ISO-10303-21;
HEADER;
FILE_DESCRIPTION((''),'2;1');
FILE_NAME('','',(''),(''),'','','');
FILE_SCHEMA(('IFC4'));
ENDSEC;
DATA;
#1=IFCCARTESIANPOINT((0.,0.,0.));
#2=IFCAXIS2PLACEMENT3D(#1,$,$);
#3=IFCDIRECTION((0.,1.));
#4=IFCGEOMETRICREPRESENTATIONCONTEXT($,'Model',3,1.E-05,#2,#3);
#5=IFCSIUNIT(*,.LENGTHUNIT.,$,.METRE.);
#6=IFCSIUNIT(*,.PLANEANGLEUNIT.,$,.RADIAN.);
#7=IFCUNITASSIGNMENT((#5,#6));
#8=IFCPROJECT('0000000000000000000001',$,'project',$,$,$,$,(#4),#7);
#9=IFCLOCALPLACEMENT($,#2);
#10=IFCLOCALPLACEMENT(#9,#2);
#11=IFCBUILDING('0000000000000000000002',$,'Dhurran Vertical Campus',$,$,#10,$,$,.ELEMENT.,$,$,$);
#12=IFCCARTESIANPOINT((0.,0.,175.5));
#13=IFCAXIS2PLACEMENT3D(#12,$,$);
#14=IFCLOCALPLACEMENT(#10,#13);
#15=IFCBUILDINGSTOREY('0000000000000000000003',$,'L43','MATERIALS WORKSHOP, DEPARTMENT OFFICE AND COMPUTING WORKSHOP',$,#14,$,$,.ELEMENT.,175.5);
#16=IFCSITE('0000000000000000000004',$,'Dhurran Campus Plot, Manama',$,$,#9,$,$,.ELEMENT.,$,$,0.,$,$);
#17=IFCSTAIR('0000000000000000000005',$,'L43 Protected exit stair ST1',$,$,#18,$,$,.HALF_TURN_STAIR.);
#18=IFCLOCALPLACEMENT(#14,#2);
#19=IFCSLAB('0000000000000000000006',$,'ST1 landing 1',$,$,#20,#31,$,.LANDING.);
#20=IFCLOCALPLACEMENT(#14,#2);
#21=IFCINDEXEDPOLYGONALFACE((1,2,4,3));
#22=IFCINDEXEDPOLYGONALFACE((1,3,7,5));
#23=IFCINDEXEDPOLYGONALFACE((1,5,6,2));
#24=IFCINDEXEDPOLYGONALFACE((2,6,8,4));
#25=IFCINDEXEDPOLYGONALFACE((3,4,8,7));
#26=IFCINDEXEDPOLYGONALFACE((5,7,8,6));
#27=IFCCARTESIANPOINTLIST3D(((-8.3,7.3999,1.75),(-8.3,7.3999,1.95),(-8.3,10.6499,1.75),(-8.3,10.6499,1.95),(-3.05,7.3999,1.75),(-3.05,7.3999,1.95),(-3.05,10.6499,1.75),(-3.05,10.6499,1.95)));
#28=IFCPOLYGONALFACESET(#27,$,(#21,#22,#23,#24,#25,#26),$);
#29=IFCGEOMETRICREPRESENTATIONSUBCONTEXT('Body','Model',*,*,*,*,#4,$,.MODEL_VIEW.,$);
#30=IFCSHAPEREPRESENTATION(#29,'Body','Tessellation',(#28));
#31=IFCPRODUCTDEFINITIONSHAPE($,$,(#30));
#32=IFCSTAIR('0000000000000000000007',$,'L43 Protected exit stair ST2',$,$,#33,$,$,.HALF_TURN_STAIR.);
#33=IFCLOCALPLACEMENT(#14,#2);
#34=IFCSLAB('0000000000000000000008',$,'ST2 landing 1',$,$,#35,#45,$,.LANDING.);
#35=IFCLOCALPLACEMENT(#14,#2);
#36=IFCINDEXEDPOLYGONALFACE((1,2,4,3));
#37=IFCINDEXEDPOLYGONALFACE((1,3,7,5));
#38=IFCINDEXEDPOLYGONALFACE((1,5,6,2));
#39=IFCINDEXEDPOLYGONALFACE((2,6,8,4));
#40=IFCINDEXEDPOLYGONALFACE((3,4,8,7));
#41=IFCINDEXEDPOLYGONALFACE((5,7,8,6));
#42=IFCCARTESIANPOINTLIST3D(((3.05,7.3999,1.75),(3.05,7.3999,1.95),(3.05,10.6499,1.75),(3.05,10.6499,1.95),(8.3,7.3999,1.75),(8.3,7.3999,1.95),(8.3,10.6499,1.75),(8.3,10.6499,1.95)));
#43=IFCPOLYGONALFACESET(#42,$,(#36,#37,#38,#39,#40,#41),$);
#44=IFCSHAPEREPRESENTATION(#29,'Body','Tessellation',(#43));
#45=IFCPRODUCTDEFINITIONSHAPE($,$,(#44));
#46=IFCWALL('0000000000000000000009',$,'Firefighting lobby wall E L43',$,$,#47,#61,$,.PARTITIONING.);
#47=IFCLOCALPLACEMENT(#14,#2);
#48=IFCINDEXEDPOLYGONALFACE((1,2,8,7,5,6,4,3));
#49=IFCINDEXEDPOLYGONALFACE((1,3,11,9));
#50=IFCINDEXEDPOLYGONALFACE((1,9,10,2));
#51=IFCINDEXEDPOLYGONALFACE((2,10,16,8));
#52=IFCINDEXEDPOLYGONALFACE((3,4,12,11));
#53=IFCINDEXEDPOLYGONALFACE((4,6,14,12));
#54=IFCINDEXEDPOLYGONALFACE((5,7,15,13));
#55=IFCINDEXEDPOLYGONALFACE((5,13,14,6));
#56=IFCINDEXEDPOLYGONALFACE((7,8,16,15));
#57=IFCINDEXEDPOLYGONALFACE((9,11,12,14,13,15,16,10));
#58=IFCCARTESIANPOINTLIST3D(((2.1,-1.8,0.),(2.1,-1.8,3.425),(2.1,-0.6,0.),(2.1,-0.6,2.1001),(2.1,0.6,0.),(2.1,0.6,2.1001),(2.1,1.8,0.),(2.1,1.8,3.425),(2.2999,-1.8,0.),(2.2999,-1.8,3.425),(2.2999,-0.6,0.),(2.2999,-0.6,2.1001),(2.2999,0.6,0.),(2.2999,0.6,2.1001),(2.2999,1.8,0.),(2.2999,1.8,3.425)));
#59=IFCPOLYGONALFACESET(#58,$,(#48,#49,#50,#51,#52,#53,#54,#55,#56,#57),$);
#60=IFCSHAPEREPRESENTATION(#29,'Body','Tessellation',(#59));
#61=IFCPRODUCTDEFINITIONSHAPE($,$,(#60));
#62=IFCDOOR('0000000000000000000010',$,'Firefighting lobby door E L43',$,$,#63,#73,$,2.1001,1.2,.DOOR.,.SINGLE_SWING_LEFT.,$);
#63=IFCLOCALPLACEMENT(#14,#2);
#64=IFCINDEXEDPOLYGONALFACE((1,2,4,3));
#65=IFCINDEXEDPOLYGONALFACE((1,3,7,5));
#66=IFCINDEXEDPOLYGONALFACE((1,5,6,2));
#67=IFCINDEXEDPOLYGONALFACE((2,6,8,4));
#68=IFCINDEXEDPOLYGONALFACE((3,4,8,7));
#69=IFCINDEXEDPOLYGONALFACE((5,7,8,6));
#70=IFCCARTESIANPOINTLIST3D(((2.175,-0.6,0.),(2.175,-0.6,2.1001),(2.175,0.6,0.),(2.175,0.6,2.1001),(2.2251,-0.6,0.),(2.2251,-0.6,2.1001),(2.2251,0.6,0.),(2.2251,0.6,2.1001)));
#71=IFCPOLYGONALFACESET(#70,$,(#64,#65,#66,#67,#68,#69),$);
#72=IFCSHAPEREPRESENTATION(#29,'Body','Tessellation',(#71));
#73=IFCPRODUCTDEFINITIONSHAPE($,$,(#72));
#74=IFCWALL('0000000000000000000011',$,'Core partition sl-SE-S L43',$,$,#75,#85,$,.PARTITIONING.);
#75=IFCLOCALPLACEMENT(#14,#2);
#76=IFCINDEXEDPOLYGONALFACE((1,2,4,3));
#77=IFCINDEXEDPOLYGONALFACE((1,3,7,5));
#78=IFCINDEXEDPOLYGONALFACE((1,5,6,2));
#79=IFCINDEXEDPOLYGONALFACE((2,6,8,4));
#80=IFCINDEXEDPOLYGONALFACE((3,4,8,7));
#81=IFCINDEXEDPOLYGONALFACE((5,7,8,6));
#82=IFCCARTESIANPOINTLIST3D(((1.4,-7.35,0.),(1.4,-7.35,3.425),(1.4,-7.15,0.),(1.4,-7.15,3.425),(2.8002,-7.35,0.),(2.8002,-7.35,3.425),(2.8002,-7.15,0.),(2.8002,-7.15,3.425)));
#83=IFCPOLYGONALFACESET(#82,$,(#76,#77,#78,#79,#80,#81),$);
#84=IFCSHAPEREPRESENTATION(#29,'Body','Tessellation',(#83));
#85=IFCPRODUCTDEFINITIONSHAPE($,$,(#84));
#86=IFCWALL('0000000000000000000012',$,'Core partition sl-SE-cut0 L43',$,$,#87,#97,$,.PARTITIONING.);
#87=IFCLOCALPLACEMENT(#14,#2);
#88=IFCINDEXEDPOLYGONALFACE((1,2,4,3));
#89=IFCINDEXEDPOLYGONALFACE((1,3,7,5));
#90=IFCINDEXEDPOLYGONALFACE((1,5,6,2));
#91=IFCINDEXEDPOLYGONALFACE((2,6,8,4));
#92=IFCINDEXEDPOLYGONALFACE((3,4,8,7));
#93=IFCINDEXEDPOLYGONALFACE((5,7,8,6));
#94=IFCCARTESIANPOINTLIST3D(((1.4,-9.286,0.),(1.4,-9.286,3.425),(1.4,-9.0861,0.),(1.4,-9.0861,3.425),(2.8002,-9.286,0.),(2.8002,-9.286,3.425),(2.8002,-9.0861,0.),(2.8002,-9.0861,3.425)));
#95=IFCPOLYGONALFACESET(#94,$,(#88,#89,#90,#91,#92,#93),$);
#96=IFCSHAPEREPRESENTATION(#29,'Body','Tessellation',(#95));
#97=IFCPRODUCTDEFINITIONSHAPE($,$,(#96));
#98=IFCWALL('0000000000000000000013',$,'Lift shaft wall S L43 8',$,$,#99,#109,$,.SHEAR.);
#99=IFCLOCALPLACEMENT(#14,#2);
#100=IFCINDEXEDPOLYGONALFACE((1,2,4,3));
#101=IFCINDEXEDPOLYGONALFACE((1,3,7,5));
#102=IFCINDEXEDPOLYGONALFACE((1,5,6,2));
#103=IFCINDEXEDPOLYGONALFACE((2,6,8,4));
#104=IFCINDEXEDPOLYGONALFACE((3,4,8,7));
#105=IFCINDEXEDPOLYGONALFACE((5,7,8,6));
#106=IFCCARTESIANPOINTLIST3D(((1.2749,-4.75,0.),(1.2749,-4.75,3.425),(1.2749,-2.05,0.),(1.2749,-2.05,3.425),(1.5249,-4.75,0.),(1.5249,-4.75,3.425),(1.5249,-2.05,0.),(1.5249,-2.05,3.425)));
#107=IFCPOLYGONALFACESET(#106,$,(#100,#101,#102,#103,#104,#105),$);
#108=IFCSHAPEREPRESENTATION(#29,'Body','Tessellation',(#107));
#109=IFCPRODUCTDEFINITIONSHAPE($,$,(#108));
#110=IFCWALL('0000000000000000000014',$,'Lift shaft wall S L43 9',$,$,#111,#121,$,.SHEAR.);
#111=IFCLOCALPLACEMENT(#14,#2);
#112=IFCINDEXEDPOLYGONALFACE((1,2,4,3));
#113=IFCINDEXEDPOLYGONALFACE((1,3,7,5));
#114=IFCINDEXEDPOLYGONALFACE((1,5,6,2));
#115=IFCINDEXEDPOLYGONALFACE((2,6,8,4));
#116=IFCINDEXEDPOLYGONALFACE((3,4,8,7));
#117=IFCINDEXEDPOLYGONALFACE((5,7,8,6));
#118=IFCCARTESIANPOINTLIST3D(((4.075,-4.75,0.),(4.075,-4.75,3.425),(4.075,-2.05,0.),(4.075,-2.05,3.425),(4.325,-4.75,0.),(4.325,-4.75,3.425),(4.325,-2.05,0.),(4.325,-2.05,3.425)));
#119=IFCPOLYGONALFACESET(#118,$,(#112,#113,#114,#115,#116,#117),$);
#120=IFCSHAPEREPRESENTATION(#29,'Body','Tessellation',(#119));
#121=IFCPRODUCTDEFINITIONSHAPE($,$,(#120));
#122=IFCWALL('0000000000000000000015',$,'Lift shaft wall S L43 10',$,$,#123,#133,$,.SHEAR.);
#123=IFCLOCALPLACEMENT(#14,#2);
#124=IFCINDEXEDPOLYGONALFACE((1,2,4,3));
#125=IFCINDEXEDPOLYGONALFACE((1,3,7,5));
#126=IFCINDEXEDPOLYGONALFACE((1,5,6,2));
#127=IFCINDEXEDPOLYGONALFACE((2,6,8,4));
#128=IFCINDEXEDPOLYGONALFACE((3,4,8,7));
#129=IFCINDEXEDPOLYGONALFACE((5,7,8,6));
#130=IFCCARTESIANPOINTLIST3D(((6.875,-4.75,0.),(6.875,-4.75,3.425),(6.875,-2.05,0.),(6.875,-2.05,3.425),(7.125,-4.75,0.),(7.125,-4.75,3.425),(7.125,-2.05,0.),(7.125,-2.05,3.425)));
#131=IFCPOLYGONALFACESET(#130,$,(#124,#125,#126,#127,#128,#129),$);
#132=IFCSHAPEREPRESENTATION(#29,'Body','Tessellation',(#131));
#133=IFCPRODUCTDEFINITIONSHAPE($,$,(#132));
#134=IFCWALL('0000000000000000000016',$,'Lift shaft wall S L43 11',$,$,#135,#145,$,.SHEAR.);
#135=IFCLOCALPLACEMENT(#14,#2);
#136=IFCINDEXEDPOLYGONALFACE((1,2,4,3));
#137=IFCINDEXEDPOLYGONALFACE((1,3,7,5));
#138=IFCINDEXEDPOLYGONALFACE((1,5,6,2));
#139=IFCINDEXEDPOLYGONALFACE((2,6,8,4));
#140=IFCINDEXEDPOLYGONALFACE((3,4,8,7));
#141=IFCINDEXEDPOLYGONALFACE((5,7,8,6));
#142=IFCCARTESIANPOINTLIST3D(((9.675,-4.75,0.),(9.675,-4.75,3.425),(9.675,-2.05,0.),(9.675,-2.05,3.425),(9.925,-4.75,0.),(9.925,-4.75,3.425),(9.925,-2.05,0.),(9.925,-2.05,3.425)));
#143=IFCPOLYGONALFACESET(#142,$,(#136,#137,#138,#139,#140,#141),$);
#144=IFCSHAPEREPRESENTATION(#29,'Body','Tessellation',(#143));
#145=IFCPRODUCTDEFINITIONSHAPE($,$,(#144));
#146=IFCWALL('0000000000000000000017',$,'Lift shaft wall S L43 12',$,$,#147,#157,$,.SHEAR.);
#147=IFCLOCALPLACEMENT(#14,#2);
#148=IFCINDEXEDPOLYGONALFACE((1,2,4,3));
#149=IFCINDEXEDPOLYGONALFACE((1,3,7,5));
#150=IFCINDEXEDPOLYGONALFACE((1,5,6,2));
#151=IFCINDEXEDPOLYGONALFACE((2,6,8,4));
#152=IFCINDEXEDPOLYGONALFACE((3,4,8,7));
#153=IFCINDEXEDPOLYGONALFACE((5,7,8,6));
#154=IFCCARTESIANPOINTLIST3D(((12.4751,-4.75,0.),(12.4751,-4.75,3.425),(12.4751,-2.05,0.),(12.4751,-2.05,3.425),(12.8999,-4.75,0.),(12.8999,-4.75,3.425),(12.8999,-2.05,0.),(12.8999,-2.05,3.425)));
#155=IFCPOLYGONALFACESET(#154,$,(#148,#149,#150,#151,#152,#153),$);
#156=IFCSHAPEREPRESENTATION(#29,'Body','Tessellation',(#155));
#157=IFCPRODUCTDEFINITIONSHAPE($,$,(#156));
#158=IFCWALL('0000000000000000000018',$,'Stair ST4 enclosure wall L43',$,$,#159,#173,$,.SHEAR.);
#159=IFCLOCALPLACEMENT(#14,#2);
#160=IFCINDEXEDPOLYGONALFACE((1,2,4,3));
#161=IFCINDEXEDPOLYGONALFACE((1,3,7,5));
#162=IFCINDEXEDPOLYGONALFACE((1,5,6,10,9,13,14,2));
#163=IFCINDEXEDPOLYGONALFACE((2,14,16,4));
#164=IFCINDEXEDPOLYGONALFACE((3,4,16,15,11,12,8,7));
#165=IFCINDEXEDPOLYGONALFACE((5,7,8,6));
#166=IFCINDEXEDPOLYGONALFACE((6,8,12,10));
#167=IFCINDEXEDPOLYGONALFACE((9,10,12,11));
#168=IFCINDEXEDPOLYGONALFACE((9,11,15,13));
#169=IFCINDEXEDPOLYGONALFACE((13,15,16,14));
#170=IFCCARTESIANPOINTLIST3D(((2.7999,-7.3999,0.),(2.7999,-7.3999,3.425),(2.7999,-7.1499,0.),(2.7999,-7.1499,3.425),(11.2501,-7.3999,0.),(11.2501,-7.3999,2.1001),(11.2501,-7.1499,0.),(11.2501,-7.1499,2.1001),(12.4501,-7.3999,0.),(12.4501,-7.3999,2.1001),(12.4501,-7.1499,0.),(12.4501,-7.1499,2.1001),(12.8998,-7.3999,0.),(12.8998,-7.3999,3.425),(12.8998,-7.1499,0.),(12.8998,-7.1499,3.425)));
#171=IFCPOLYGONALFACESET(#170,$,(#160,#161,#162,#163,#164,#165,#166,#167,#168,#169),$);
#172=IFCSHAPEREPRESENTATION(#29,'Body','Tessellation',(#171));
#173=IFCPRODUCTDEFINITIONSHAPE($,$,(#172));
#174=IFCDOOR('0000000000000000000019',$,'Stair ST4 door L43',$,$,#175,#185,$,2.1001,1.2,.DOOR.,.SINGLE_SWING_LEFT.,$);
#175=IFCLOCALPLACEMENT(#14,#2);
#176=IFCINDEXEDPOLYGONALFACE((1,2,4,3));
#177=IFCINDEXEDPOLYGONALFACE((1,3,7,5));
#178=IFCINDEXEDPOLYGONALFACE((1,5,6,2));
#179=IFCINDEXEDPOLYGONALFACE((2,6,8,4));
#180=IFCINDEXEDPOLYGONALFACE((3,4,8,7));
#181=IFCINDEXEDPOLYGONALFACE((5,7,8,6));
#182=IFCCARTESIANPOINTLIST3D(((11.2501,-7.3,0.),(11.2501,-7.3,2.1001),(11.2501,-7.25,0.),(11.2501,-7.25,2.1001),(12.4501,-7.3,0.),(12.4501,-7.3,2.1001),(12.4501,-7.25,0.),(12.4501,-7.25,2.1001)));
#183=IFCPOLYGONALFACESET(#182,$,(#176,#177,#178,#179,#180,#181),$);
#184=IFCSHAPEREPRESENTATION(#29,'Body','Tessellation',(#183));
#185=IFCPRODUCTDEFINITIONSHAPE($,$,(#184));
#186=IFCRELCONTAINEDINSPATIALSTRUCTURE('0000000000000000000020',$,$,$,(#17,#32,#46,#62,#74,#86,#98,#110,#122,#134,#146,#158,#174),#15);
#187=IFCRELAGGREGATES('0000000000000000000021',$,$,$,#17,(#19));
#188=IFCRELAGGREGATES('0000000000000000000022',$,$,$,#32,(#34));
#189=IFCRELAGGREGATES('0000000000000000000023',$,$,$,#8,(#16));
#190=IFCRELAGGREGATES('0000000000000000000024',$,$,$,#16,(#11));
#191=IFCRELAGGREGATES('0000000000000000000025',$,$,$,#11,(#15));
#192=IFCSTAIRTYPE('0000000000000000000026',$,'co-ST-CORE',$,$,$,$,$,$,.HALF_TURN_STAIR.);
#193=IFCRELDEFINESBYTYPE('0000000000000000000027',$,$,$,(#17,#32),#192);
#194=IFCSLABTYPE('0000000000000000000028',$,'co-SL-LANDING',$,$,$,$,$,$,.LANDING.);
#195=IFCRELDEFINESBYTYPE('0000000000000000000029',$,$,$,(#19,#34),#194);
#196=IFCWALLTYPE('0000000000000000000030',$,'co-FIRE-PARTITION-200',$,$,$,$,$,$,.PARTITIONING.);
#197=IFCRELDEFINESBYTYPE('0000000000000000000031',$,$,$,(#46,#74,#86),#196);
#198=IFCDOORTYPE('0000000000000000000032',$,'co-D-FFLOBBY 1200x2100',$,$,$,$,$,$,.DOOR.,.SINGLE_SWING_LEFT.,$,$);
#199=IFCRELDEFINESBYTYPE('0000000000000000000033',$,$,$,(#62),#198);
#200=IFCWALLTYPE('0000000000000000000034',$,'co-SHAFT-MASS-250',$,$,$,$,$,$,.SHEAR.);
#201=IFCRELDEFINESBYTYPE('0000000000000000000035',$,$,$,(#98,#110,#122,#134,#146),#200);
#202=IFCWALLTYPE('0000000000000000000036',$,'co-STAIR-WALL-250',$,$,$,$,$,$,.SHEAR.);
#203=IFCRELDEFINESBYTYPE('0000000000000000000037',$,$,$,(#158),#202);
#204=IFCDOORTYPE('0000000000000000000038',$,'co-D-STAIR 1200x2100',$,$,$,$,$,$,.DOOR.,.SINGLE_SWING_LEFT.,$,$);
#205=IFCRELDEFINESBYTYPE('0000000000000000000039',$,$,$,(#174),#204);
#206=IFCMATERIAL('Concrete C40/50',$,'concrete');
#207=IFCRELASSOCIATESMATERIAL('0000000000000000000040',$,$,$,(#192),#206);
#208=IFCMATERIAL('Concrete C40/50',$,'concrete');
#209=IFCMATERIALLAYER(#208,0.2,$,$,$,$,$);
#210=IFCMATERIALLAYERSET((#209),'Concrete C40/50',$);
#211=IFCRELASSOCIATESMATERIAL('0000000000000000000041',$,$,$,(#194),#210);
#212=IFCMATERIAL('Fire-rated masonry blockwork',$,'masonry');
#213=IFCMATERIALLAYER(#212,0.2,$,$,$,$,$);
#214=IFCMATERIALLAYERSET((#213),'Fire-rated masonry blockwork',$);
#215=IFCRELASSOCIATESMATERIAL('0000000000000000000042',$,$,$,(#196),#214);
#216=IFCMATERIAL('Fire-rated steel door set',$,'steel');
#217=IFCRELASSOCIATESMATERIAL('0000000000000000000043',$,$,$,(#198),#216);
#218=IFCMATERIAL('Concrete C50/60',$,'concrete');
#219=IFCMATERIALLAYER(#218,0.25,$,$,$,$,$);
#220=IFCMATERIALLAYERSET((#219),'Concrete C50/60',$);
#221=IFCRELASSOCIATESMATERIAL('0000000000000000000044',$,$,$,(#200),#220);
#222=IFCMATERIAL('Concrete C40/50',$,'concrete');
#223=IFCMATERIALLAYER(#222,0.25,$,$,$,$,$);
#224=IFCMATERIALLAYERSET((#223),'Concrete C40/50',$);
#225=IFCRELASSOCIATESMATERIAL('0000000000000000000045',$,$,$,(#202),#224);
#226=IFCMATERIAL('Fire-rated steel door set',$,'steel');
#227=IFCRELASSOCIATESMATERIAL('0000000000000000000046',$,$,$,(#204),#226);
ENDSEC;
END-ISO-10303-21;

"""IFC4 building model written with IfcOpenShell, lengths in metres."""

from ifc_helpers import new_model, si_unit, direction, frame, frame_2d, origin, place, context, subcontext, project, spatial, polyline, rectangle, outline, extrude, material, layer, layer_set, type_object, element, fill, aggregate, save


model = new_model("IFC4")

# Units and contexts
model_context = context("Model", 3, precision=1e-05, world=origin(), true_north=direction((0.0, 1.0)))
body_context = subcontext(model_context, "Body", "Model", "MODEL_VIEW")
ifc_project = project(units=[si_unit("LENGTHUNIT", "METRE"), si_unit("PLANEANGLEUNIT", "RADIAN")], contexts=[model_context])

# Site, building, storey
site_placement = place(None, origin())
site = spatial("IfcSite", under=ifc_project, at=site_placement, Name="Dhurran Campus Plot, Manama", CompositionType="ELEMENT", RefElevation=0.0)
building_placement = place(site_placement, origin())
building = spatial("IfcBuilding", under=site, at=building_placement, Name="Dhurran Vertical Campus", CompositionType="ELEMENT")
storey_placement = place(building_placement, frame((0.0, 0.0, 175.5)))
storey = spatial("IfcBuildingStorey", under=building, at=storey_placement, Name="L43", Description="MATERIALS WORKSHOP, DEPARTMENT OFFICE AND COMPUTING WORKSHOP", CompositionType="ELEMENT", Elevation=175.5)

# Stairs, slabs
ifc_material_1 = material(Name="Concrete C40/50", Category="concrete")
stair_type = type_object("IfcStairType", Name="co-ST-CORE", PredefinedType="HALF_TURN_STAIR", material=ifc_material_1)
stair_1_placement = place(storey_placement, origin())
stair_1 = element("IfcStair", 1, at=stair_1_placement, inside=storey, type_object=stair_type, Name="L43 Protected exit stair ST1", PredefinedType="HALF_TURN_STAIR")
ifc_material_2 = material(Name="Concrete C40/50", Category="concrete")
ifc_layer_1 = layer(ifc_material_2, 0.2)
ifc_layer_set_1 = layer_set([ifc_layer_1], Name="Concrete C40/50")
slab_type = type_object("IfcSlabType", Name="co-SL-LANDING", PredefinedType="LANDING", material=ifc_layer_set_1)
slab_1_placement = place(storey_placement, frame((0.0, 0.0, 1.75)))
slab_1 = element("IfcSlab", 2, at=slab_1_placement, type_object=slab_type, Name="ST1 landing 1", PredefinedType="LANDING", context=body_context, shape_type="SweptSolid", body=[
    extrude(outline(polyline([(-8.3, 7.3999), (-3.05, 7.3999), (-3.05, 10.6499), (-8.3, 10.6499), (-8.3, 7.3999)])), origin(), (0.0, 0.0, 1.0), 0.2),
])
aggregate(stair_1, [slab_1])
stair_2_placement = place(storey_placement, origin())
stair_2 = element("IfcStair", 3, at=stair_2_placement, inside=storey, type_object=stair_type, Name="L43 Protected exit stair ST2", PredefinedType="HALF_TURN_STAIR")
slab_2_placement = place(storey_placement, frame((0.0, 0.0, 1.75)))
slab_2 = element("IfcSlab", 4, at=slab_2_placement, type_object=slab_type, Name="ST2 landing 1", PredefinedType="LANDING", context=body_context, shape_type="SweptSolid", body=[
    extrude(outline(polyline([(8.3, 10.6499), (3.05, 10.6499), (3.05, 7.3999), (8.3, 7.3999), (8.3, 10.6499)])), origin(), (0.0, 0.0, 1.0), 0.2),
])
aggregate(stair_2, [slab_2])

# Wall, opening, door
ifc_material_3 = material(Name="Fire-rated masonry blockwork", Category="masonry")
ifc_layer_2 = layer(ifc_material_3, 0.2)
ifc_layer_set_2 = layer_set([ifc_layer_2], Name="Fire-rated masonry blockwork")
wall_type_1 = type_object("IfcWallType", Name="co-FIRE-PARTITION-200", PredefinedType="PARTITIONING", material=ifc_layer_set_2)
wall_1_placement = place(storey_placement, frame((2.2, -1.8, 0.0), z_axis=(0.0, 0.0, 1.0), x_axis=(0.0, 1.0, 0.0)))
wall_1 = element("IfcWall", 5, at=wall_1_placement, inside=storey, type_object=wall_type_1, Name="Firefighting lobby wall E L43", PredefinedType="PARTITIONING", context=body_context, shape_type="SweptSolid", body=[
    extrude(rectangle(XDim=3.6001, YDim=0.2, at=frame_2d((1.8, 0.0))), origin(), (0.0, 0.0, 1.0), 3.425),
])
opening_1_placement = place(wall_1_placement, frame((1.2, 0.0, 0.0)))
opening_1 = element("IfcOpeningElement", 6, at=opening_1_placement, cuts=wall_1, PredefinedType="OPENING", context=body_context, shape_type="SweptSolid", body=[
    extrude(rectangle(XDim=1.2, YDim=2.1001, at=frame_2d((0.6001, 1.05))), frame((0.0, 0.1099, 0.0), z_axis=(0.0, -1.0, 0.0), x_axis=(1.0, 0.0, 0.0)), (0.0, 0.0, 1.0), 0.22),
])
ifc_material_4 = material(Name="Fire-rated steel door set", Category="steel")
door_type_1 = type_object("IfcDoorType", Name="co-D-FFLOBBY 1200x2100", OperationType="SINGLE_SWING_LEFT", PredefinedType="DOOR", material=ifc_material_4)
door_1_placement = place(opening_1_placement, origin())
door_1 = element("IfcDoor", 7, at=door_1_placement, inside=storey, type_object=door_type_1, Name="Firefighting lobby door E L43", OperationType="SINGLE_SWING_LEFT", OverallHeight=2.1001, OverallWidth=1.2, PredefinedType="DOOR", context=body_context, shape_type="SweptSolid", body=[
    extrude(rectangle(XDim=1.2, YDim=2.1001, at=frame_2d((0.6001, 1.05))), frame((0.0, 0.0249, 0.0), z_axis=(0.0, -1.0, 0.0), x_axis=(1.0, 0.0, 0.0)), (0.0, 0.0, 1.0), 0.05),
])
fill(opening_1, door_1)

# Walls
for number, where, z_axis, x_axis, name in (
    (8, (1.3999, -7.25, 0.0), (0.0, 0.0, 1.0), (1.0, 0.0, 0.0), "Core partition sl-SE-S L43"),
    (9, (1.3999, -9.186, 0.0), (0.0, 0.0, 1.0), (1.0, 0.0, 0.0), "Core partition sl-SE-cut0 L43"),
):
    element("IfcWall", number, at=place(storey_placement, frame(where, z_axis=z_axis, x_axis=x_axis)), inside=storey, type_object=wall_type_1, Name=name, PredefinedType="PARTITIONING", context=body_context, shape_type="SweptSolid", body=[
        extrude(rectangle(XDim=1.4001, YDim=0.2, at=frame_2d((0.7002, 0.0))), origin(), (0.0, 0.0, 1.0), 3.425),
    ])
ifc_material_5 = material(Name="Concrete C50/60", Category="concrete")
ifc_layer_3 = layer(ifc_material_5, 0.25)
ifc_layer_set_3 = layer_set([ifc_layer_3], Name="Concrete C50/60")
wall_type_2 = type_object("IfcWallType", Name="co-SHAFT-MASS-250", PredefinedType="SHEAR", material=ifc_layer_set_3)
wall_2_placement = place(storey_placement, origin())
element("IfcWall", 10, at=wall_2_placement, inside=storey, type_object=wall_type_2, Name="Lift shaft wall S L43 8", PredefinedType="SHEAR", context=body_context, shape_type="SweptSolid", body=[
    extrude(outline(polyline([(1.2749, -4.75), (1.5249, -4.75), (1.5249, -2.05), (1.2749, -2.05), (1.2749, -4.75)])), origin(), (0.0, 0.0, 1.0), 3.425),
])
wall_3_placement = place(storey_placement, origin())
element("IfcWall", 11, at=wall_3_placement, inside=storey, type_object=wall_type_2, Name="Lift shaft wall S L43 9", PredefinedType="SHEAR", context=body_context, shape_type="SweptSolid", body=[
    extrude(outline(polyline([(4.075, -4.75), (4.325, -4.75), (4.325, -2.05), (4.075, -2.05), (4.075, -4.75)])), origin(), (0.0, 0.0, 1.0), 3.425),
])
wall_4_placement = place(storey_placement, origin())
element("IfcWall", 12, at=wall_4_placement, inside=storey, type_object=wall_type_2, Name="Lift shaft wall S L43 10", PredefinedType="SHEAR", context=body_context, shape_type="SweptSolid", body=[
    extrude(outline(polyline([(6.875, -4.75), (7.125, -4.75), (7.125, -2.05), (6.875, -2.05), (6.875, -4.75)])), origin(), (0.0, 0.0, 1.0), 3.425),
])
wall_5_placement = place(storey_placement, origin())
element("IfcWall", 13, at=wall_5_placement, inside=storey, type_object=wall_type_2, Name="Lift shaft wall S L43 11", PredefinedType="SHEAR", context=body_context, shape_type="SweptSolid", body=[
    extrude(outline(polyline([(9.675, -4.75), (9.925, -4.75), (9.925, -2.05), (9.675, -2.05), (9.675, -4.75)])), origin(), (0.0, 0.0, 1.0), 3.425),
])
wall_6_placement = place(storey_placement, origin())
element("IfcWall", 14, at=wall_6_placement, inside=storey, type_object=wall_type_2, Name="Lift shaft wall S L43 12", PredefinedType="SHEAR", context=body_context, shape_type="SweptSolid", body=[
    extrude(outline(polyline([(12.4751, -4.75), (12.8999, -4.75), (12.8999, -2.05), (12.4751, -2.05), (12.4751, -4.75)])), origin(), (0.0, 0.0, 1.0), 3.425),
])

# Wall, opening, door
ifc_material_6 = material(Name="Concrete C40/50", Category="concrete")
ifc_layer_4 = layer(ifc_material_6, 0.25)
ifc_layer_set_4 = layer_set([ifc_layer_4], Name="Concrete C40/50")
wall_type_3 = type_object("IfcWallType", Name="co-STAIR-WALL-250", PredefinedType="SHEAR", material=ifc_layer_set_4)
wall_7_placement = place(storey_placement, frame((2.8, -7.2749, 0.0), z_axis=(0.0, 0.0, 1.0), x_axis=(1.0, 0.0, 0.0)))
wall_7 = element("IfcWall", 15, at=wall_7_placement, inside=storey, type_object=wall_type_3, Name="Stair ST4 enclosure wall L43", PredefinedType="SHEAR", context=body_context, shape_type="SweptSolid", body=[
    extrude(rectangle(XDim=10.0999, YDim=0.25, at=frame_2d((5.0498, 0.0))), origin(), (0.0, 0.0, 1.0), 3.425),
])
opening_2_placement = place(wall_7_placement, frame((8.45, 0.0, 0.0)))
opening_2 = element("IfcOpeningElement", 16, at=opening_2_placement, cuts=wall_7, PredefinedType="OPENING", context=body_context, shape_type="SweptSolid", body=[
    extrude(rectangle(XDim=1.2, YDim=2.1001, at=frame_2d((0.6001, 1.05))), frame((0.0, 0.135, 0.0), z_axis=(0.0, -1.0, 0.0), x_axis=(1.0, 0.0, 0.0)), (0.0, 0.0, 1.0), 0.27),
])
ifc_material_7 = material(Name="Fire-rated steel door set", Category="steel")
door_type_2 = type_object("IfcDoorType", Name="co-D-STAIR 1200x2100", OperationType="SINGLE_SWING_LEFT", PredefinedType="DOOR", material=ifc_material_7)
door_2_placement = place(opening_2_placement, origin())
door_2 = element("IfcDoor", 17, at=door_2_placement, inside=storey, type_object=door_type_2, Name="Stair ST4 door L43", OperationType="SINGLE_SWING_LEFT", OverallHeight=2.1001, OverallWidth=1.2, PredefinedType="DOOR", context=body_context, shape_type="SweptSolid", body=[
    extrude(rectangle(XDim=1.2, YDim=2.1001, at=frame_2d((0.6001, 1.05))), frame((0.0, 0.0249, 0.0), z_axis=(0.0, -1.0, 0.0), x_axis=(1.0, 0.0, 0.0)), (0.0, 0.0, 1.0), 0.05),
])
fill(opening_2, door_2)

save(model, "model.ifc")
